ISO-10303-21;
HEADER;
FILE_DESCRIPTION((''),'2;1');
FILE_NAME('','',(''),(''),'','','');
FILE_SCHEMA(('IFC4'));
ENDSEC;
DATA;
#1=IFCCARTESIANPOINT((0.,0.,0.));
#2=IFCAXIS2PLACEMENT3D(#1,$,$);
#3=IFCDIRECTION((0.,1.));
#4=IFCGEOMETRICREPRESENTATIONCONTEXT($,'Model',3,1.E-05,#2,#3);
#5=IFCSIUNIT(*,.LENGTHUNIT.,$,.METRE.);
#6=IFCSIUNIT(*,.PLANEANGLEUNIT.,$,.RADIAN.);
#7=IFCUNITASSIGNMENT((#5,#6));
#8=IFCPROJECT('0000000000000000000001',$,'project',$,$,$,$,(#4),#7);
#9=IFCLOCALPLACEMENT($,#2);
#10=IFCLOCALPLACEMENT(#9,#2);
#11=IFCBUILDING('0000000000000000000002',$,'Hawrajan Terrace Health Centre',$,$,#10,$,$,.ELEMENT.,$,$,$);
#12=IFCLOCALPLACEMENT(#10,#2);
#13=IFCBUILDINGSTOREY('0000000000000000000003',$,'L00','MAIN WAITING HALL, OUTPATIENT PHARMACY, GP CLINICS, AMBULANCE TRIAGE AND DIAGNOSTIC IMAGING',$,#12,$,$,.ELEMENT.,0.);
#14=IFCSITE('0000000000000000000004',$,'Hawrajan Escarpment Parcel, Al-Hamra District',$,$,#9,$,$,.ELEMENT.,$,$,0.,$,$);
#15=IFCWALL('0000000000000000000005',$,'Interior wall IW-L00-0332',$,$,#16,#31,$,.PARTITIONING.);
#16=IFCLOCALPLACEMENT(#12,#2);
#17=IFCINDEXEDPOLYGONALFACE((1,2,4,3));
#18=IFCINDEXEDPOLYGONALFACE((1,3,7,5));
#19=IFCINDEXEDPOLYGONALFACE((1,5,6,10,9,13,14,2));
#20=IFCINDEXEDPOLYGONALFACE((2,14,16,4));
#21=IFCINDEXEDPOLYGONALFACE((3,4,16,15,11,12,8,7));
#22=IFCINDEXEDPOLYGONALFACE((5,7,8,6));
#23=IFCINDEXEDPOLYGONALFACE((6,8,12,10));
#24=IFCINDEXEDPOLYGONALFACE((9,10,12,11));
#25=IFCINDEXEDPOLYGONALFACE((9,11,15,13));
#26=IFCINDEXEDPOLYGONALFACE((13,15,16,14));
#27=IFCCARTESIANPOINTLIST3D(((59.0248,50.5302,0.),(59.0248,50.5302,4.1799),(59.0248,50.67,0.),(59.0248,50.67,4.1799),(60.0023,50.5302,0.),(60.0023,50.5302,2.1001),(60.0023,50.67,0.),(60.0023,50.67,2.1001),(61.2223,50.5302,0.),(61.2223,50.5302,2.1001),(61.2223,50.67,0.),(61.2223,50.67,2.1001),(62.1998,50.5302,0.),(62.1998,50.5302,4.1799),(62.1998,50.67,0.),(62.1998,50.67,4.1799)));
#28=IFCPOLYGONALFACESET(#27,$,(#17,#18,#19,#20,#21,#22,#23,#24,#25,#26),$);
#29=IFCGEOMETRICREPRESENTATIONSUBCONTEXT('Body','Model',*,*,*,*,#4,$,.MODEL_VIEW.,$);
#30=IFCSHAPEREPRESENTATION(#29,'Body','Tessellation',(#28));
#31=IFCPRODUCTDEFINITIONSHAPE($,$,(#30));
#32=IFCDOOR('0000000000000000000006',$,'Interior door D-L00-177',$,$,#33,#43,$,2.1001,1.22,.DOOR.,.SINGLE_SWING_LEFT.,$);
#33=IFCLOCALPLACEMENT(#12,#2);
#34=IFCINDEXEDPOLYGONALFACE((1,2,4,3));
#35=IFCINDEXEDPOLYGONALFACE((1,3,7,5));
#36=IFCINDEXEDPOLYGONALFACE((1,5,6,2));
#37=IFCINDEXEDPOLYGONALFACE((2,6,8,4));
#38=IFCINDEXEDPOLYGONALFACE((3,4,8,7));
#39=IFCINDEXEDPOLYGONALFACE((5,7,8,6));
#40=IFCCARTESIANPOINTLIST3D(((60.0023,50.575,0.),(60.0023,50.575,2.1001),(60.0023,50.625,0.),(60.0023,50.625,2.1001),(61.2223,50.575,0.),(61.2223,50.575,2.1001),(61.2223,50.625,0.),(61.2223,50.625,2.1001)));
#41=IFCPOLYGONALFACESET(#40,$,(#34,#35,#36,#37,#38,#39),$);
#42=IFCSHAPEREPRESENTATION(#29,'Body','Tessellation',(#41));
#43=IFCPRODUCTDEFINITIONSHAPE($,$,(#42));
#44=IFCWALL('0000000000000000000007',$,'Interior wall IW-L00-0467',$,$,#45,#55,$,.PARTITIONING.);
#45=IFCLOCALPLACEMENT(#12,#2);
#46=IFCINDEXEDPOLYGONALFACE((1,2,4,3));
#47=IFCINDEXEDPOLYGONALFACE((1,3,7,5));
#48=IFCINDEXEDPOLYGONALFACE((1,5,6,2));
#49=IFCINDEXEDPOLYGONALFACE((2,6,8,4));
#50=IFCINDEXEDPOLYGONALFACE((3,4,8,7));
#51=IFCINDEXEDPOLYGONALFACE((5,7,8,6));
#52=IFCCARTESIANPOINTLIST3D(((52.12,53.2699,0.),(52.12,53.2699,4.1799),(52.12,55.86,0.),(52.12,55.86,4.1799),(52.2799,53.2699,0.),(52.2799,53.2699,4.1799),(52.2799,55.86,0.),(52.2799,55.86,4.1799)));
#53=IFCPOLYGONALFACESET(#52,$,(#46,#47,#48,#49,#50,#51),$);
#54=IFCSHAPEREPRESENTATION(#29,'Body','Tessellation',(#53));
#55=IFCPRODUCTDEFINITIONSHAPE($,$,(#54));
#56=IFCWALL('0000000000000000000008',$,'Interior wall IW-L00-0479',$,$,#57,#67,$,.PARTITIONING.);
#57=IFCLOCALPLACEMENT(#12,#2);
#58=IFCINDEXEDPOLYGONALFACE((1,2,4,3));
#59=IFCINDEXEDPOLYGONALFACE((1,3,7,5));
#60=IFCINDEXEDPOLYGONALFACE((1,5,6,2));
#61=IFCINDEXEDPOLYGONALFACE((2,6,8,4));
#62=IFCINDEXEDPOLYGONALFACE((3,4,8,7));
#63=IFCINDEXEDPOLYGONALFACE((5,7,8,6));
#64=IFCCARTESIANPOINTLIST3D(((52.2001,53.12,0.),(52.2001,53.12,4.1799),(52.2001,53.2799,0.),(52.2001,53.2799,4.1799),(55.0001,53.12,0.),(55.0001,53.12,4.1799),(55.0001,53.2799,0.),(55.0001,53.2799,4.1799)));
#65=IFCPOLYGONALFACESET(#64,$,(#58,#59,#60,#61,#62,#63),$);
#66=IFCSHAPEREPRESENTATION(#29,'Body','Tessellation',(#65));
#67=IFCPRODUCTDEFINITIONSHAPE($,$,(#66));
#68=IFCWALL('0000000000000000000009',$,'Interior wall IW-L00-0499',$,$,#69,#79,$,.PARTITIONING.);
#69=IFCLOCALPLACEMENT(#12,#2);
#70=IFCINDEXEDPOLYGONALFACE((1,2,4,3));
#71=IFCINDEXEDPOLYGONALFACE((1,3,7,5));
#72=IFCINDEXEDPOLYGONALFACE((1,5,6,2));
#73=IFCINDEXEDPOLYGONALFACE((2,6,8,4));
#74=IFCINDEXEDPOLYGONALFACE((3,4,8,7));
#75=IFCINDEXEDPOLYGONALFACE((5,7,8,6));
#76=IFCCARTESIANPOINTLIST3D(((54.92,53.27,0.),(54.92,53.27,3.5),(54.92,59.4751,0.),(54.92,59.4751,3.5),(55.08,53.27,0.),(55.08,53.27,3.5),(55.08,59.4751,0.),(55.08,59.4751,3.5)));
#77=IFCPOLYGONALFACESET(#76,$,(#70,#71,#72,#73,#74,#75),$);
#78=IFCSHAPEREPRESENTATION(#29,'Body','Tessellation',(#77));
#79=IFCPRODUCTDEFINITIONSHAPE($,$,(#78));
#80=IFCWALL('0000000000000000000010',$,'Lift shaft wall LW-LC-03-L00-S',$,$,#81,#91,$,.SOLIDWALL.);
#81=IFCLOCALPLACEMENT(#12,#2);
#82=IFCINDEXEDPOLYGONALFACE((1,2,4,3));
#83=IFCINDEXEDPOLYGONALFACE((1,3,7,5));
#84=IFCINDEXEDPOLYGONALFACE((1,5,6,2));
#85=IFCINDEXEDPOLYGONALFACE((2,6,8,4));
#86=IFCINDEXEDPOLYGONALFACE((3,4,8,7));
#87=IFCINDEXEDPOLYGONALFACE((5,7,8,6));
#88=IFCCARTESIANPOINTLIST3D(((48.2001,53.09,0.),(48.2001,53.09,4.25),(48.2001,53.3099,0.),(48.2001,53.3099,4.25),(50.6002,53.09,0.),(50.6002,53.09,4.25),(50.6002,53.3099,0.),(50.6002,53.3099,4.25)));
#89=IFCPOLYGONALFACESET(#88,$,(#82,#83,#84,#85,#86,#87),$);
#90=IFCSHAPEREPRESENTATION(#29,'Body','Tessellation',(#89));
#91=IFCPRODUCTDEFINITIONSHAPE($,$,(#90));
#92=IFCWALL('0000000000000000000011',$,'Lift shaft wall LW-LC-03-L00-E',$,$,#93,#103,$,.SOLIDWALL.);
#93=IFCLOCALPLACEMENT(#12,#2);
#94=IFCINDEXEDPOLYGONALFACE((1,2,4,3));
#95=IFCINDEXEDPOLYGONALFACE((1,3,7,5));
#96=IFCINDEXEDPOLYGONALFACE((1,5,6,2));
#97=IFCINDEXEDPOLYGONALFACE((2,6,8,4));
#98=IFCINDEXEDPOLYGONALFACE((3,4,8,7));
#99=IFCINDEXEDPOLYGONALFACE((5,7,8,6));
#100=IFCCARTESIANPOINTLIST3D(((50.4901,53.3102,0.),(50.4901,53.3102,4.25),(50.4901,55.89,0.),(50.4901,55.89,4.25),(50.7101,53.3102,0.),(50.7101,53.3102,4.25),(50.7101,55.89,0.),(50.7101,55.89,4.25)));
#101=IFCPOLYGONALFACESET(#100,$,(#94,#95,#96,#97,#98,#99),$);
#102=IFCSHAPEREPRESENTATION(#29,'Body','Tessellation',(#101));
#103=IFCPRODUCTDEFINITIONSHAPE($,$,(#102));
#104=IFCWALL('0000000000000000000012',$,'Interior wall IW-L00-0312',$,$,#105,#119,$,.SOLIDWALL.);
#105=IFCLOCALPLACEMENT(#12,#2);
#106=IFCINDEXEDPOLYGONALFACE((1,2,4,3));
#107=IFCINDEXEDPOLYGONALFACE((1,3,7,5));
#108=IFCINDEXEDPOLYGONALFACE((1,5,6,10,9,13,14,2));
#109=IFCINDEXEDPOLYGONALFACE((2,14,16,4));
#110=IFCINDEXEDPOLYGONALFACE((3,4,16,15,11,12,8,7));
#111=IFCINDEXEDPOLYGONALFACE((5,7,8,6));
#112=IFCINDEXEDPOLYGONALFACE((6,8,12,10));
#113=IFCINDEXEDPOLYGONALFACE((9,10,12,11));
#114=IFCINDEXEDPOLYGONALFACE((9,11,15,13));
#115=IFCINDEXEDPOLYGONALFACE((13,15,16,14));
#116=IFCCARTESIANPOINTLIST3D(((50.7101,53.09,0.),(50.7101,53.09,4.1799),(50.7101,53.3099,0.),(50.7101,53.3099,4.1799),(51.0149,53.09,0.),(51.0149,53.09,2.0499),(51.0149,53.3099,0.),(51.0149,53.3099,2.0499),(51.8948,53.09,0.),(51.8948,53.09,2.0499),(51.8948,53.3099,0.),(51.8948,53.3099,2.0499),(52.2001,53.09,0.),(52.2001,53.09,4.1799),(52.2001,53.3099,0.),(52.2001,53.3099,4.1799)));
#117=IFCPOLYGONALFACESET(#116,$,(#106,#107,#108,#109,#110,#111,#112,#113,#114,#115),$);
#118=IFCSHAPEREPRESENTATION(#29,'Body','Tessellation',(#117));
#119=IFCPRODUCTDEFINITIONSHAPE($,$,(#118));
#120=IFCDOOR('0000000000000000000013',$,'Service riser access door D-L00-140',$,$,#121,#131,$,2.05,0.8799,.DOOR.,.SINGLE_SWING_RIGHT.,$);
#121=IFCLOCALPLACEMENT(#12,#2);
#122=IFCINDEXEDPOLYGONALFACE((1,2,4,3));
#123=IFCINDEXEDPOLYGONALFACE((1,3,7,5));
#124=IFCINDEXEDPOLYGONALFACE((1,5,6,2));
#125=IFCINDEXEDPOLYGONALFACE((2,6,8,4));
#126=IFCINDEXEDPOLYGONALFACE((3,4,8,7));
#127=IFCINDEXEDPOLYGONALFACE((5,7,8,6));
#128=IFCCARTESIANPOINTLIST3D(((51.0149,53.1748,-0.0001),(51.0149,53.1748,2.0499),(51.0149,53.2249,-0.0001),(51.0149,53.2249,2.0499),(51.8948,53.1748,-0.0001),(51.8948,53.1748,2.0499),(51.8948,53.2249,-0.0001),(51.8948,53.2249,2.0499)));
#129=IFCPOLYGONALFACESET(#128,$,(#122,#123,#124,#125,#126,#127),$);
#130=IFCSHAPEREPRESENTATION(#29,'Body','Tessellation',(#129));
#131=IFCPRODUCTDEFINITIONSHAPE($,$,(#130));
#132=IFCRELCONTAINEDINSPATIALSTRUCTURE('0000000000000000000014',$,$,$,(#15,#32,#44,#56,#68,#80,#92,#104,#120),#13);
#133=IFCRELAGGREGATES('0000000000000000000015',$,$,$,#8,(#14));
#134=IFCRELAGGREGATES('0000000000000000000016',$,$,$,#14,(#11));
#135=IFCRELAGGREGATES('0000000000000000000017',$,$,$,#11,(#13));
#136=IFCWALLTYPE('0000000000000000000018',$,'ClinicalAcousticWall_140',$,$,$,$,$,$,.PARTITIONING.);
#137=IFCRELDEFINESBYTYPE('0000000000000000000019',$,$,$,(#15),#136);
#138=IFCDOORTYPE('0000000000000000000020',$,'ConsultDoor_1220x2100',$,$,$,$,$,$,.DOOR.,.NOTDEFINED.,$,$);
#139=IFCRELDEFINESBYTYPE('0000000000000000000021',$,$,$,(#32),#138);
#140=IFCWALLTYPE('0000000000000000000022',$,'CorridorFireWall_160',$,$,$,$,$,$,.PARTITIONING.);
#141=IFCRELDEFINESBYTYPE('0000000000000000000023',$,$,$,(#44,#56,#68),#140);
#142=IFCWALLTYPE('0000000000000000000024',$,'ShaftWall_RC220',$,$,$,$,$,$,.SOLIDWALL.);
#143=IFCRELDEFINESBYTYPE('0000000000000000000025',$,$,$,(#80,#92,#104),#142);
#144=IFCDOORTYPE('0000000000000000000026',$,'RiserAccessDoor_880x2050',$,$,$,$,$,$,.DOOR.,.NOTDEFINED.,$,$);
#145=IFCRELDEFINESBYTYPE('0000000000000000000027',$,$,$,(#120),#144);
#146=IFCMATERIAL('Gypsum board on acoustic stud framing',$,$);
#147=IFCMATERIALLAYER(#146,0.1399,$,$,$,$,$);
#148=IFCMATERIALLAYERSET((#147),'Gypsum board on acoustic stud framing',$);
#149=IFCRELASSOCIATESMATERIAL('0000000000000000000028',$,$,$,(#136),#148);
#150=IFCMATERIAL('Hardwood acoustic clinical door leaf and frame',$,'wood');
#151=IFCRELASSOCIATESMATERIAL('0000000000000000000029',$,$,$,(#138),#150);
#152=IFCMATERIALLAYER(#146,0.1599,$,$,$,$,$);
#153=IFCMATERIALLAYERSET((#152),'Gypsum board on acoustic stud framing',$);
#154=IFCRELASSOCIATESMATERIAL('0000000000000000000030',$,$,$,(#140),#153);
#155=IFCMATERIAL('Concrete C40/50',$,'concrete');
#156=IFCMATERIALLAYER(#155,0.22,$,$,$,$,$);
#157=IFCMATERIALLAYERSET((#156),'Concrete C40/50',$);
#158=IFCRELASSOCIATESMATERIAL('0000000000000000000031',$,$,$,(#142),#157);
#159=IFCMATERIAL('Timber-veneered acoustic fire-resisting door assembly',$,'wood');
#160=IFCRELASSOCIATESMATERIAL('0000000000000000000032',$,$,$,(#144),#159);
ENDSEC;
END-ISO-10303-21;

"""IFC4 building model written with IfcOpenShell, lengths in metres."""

from ifc_helpers import new_model, si_unit, direction, frame, frame_2d, origin, place, context, subcontext, project, spatial, rectangle, extrude, material, layer, layer_set, type_object, element, fill, save


model = new_model("IFC4")

# Units and contexts
model_context = context("Model", 3, precision=1e-05, world=origin(), true_north=direction((0.0, 1.0)))
body_context = subcontext(model_context, "Body", "Model", "MODEL_VIEW")
ifc_project = project(units=[si_unit("LENGTHUNIT", "METRE"), si_unit("PLANEANGLEUNIT", "RADIAN")], contexts=[model_context])

# Site, building, storey
site_placement = place(None, origin())
site = spatial("IfcSite", under=ifc_project, at=site_placement, Name="Hawrajan Escarpment Parcel, Al-Hamra District", CompositionType="ELEMENT", RefElevation=0.0)
building_placement = place(site_placement, origin())
building = spatial("IfcBuilding", under=site, at=building_placement, Name="Hawrajan Terrace Health Centre", CompositionType="ELEMENT")
storey_placement = place(building_placement, origin())
storey = spatial("IfcBuildingStorey", under=building, at=storey_placement, Name="L00", Description="MAIN WAITING HALL, OUTPATIENT PHARMACY, GP CLINICS, AMBULANCE TRIAGE AND DIAGNOSTIC IMAGING", CompositionType="ELEMENT", Elevation=0.0)

# Shared definitions
ifc_material_1 = material(Name="Concrete C40/50", Category="concrete")

# Shared definitions
ifc_material_2 = material(Name="Gypsum board on acoustic stud framing")
ifc_layer_1 = layer(ifc_material_2, 0.1399)
ifc_layer_set_1 = layer_set([ifc_layer_1], Name="Gypsum board on acoustic stud framing")
wall_type_1 = type_object("IfcWallType", Name="ClinicalAcousticWall_140", PredefinedType="PARTITIONING", material=ifc_layer_set_1)
ifc_material_3 = material(Name="Hardwood acoustic clinical door leaf and frame", Category="wood")

# Wall, opening, door
wall_1_placement = place(storey_placement, frame((59.0249, 50.6001, 0.0), z_axis=(0.0, 0.0, 1.0), x_axis=(1.0, 0.0, 0.0)))
wall_1 = element("IfcWall", 1, at=wall_1_placement, inside=storey, type_object=wall_type_1, Name="Interior wall IW-L00-0332", PredefinedType="PARTITIONING", context=body_context, shape_type="SweptSolid", body=[
    extrude(rectangle(XDim=3.175, YDim=0.1399, at=frame_2d((1.5874, 0.0))), origin(), (0.0, 0.0, 1.0), 4.1799),
])
opening_1_placement = place(wall_1_placement, frame((0.9775, 0.0, 0.0)))
opening_1 = element("IfcOpeningElement", 2, at=opening_1_placement, cuts=wall_1, PredefinedType="OPENING", context=body_context, shape_type="SweptSolid", body=[
    extrude(rectangle(XDim=1.22, YDim=2.1001, at=frame_2d((0.6099, 1.05))), frame((0.0, 0.0798, 0.0), z_axis=(0.0, -1.0, 0.0), x_axis=(1.0, 0.0, 0.0)), (0.0, 0.0, 1.0), 0.1599),
])
door_type_1 = type_object("IfcDoorType", Name="ConsultDoor_1220x2100", OperationType="NOTDEFINED", PredefinedType="DOOR", material=ifc_material_3)
door_1_placement = place(opening_1_placement, origin())
door_1 = element("IfcDoor", 3, at=door_1_placement, inside=storey, type_object=door_type_1, Name="Interior door D-L00-177", OperationType="SINGLE_SWING_LEFT", OverallHeight=2.1001, OverallWidth=1.22, PredefinedType="DOOR", context=body_context, shape_type="SweptSolid", body=[
    extrude(rectangle(XDim=1.22, YDim=2.1001, at=frame_2d((0.6099, 1.05))), frame((0.0, 0.0249, 0.0), z_axis=(0.0, -1.0, 0.0), x_axis=(1.0, 0.0, 0.0)), (0.0, 0.0, 1.0), 0.05),
])
fill(opening_1, door_1)

# Walls
ifc_layer_2 = layer(ifc_material_2, 0.1599)
ifc_layer_set_2 = layer_set([ifc_layer_2], Name="Gypsum board on acoustic stud framing")
wall_type_2 = type_object("IfcWallType", Name="CorridorFireWall_160", PredefinedType="PARTITIONING", material=ifc_layer_set_2)
wall_2_placement = place(storey_placement, frame((52.2, 53.27, 0.0), z_axis=(0.0, 0.0, 1.0), x_axis=(0.0, 1.0, 0.0)))
element("IfcWall", 4, at=wall_2_placement, inside=storey, type_object=wall_type_2, Name="Interior wall IW-L00-0467", PredefinedType="PARTITIONING", context=body_context, shape_type="SweptSolid", body=[
    extrude(rectangle(XDim=2.5901, YDim=0.1599, at=frame_2d((1.2949, 0.0))), origin(), (0.0, 0.0, 1.0), 4.1799),
])
wall_3_placement = place(storey_placement, frame((55.0, 53.2, 0.0), z_axis=(0.0, 0.0, 1.0), x_axis=(-1.0, 0.0, 0.0)))
element("IfcWall", 5, at=wall_3_placement, inside=storey, type_object=wall_type_2, Name="Interior wall IW-L00-0479", PredefinedType="PARTITIONING", context=body_context, shape_type="SweptSolid", body=[
    extrude(rectangle(XDim=2.8, YDim=0.1599, at=frame_2d((1.3999, 0.0))), origin(), (0.0, 0.0, 1.0), 4.1799),
])
wall_4_placement = place(storey_placement, frame((55.0, 53.27, 0.0), z_axis=(0.0, 0.0, 1.0), x_axis=(0.0, 1.0, 0.0)))
element("IfcWall", 6, at=wall_4_placement, inside=storey, type_object=wall_type_2, Name="Interior wall IW-L00-0499", PredefinedType="PARTITIONING", context=body_context, shape_type="SweptSolid", body=[
    extrude(rectangle(XDim=6.2051, YDim=0.1599, at=frame_2d((3.1025, 0.0))), origin(), (0.0, 0.0, 1.0), 3.5),
])
ifc_layer_3 = layer(ifc_material_1, 0.22)
ifc_layer_set_3 = layer_set([ifc_layer_3], Name="Concrete C40/50")
wall_type_3 = type_object("IfcWallType", Name="ShaftWall_RC220", PredefinedType="SOLIDWALL", material=ifc_layer_set_3)
wall_5_placement = place(storey_placement, frame((48.2, 53.2, 0.0), z_axis=(0.0, 0.0, 1.0), x_axis=(1.0, 0.0, 0.0)))
element("IfcWall", 7, at=wall_5_placement, inside=storey, type_object=wall_type_3, Name="Lift shaft wall LW-LC-03-L00-S", PredefinedType="SOLIDWALL", context=body_context, shape_type="SweptSolid", body=[
    extrude(rectangle(XDim=2.4001, YDim=0.22, at=frame_2d((1.2002, 0.0))), origin(), (0.0, 0.0, 1.0), 4.25),
])

# Wall
wall_6_placement = place(storey_placement, frame((50.6001, 53.3101, 0.0), z_axis=(0.0, 0.0, 1.0), x_axis=(0.0, 1.0, 0.0)))
element("IfcWall", 8, at=wall_6_placement, inside=storey, type_object=wall_type_3, Name="Lift shaft wall LW-LC-03-L00-E", PredefinedType="SOLIDWALL", context=body_context, shape_type="SweptSolid", body=[
    extrude(rectangle(XDim=2.5798, YDim=0.22, at=frame_2d((1.29, 0.0))), origin(), (0.0, 0.0, 1.0), 4.25),
])

# Wall, opening, door
wall_7_placement = place(storey_placement, frame((50.71, 53.2, 0.0), z_axis=(0.0, 0.0, 1.0), x_axis=(1.0, 0.0, 0.0)))
wall_7 = element("IfcWall", 9, at=wall_7_placement, inside=storey, type_object=wall_type_3, Name="Interior wall IW-L00-0312", PredefinedType="SOLIDWALL", context=body_context, shape_type="SweptSolid", body=[
    extrude(rectangle(XDim=1.49, YDim=0.22, at=frame_2d((0.7451, 0.0))), origin(), (0.0, 0.0, 1.0), 4.1799),
])
opening_2_placement = place(wall_7_placement, frame((0.3049, 0.0, 0.0)))
opening_2 = element("IfcOpeningElement", 10, at=opening_2_placement, cuts=wall_7, PredefinedType="OPENING", context=body_context, shape_type="SweptSolid", body=[
    extrude(rectangle(XDim=0.8799, YDim=2.05, at=frame_2d((0.4399, 1.0249))), frame((0.0, 0.1199, 0.0), z_axis=(0.0, -1.0, 0.0), x_axis=(1.0, 0.0, 0.0)), (0.0, 0.0, 1.0), 0.24),
])
ifc_material_4 = material(Name="Timber-veneered acoustic fire-resisting door assembly", Category="wood")
door_type_2 = type_object("IfcDoorType", Name="RiserAccessDoor_880x2050", OperationType="NOTDEFINED", PredefinedType="DOOR", material=ifc_material_4)
door_2_placement = place(opening_2_placement, origin())
door_2 = element("IfcDoor", 11, at=door_2_placement, inside=storey, type_object=door_type_2, Name="Service riser access door D-L00-140", OperationType="SINGLE_SWING_RIGHT", OverallHeight=2.05, OverallWidth=0.8799, PredefinedType="DOOR", context=body_context, shape_type="SweptSolid", body=[
    extrude(rectangle(XDim=0.8799, YDim=2.05, at=frame_2d((0.4399, 1.0249))), frame((0.0, 0.0249, 0.0), z_axis=(0.0, -1.0, 0.0), x_axis=(1.0, 0.0, 0.0)), (0.0, 0.0, 1.0), 0.05),
])
fill(opening_2, door_2)

save(model, "model.ifc")
